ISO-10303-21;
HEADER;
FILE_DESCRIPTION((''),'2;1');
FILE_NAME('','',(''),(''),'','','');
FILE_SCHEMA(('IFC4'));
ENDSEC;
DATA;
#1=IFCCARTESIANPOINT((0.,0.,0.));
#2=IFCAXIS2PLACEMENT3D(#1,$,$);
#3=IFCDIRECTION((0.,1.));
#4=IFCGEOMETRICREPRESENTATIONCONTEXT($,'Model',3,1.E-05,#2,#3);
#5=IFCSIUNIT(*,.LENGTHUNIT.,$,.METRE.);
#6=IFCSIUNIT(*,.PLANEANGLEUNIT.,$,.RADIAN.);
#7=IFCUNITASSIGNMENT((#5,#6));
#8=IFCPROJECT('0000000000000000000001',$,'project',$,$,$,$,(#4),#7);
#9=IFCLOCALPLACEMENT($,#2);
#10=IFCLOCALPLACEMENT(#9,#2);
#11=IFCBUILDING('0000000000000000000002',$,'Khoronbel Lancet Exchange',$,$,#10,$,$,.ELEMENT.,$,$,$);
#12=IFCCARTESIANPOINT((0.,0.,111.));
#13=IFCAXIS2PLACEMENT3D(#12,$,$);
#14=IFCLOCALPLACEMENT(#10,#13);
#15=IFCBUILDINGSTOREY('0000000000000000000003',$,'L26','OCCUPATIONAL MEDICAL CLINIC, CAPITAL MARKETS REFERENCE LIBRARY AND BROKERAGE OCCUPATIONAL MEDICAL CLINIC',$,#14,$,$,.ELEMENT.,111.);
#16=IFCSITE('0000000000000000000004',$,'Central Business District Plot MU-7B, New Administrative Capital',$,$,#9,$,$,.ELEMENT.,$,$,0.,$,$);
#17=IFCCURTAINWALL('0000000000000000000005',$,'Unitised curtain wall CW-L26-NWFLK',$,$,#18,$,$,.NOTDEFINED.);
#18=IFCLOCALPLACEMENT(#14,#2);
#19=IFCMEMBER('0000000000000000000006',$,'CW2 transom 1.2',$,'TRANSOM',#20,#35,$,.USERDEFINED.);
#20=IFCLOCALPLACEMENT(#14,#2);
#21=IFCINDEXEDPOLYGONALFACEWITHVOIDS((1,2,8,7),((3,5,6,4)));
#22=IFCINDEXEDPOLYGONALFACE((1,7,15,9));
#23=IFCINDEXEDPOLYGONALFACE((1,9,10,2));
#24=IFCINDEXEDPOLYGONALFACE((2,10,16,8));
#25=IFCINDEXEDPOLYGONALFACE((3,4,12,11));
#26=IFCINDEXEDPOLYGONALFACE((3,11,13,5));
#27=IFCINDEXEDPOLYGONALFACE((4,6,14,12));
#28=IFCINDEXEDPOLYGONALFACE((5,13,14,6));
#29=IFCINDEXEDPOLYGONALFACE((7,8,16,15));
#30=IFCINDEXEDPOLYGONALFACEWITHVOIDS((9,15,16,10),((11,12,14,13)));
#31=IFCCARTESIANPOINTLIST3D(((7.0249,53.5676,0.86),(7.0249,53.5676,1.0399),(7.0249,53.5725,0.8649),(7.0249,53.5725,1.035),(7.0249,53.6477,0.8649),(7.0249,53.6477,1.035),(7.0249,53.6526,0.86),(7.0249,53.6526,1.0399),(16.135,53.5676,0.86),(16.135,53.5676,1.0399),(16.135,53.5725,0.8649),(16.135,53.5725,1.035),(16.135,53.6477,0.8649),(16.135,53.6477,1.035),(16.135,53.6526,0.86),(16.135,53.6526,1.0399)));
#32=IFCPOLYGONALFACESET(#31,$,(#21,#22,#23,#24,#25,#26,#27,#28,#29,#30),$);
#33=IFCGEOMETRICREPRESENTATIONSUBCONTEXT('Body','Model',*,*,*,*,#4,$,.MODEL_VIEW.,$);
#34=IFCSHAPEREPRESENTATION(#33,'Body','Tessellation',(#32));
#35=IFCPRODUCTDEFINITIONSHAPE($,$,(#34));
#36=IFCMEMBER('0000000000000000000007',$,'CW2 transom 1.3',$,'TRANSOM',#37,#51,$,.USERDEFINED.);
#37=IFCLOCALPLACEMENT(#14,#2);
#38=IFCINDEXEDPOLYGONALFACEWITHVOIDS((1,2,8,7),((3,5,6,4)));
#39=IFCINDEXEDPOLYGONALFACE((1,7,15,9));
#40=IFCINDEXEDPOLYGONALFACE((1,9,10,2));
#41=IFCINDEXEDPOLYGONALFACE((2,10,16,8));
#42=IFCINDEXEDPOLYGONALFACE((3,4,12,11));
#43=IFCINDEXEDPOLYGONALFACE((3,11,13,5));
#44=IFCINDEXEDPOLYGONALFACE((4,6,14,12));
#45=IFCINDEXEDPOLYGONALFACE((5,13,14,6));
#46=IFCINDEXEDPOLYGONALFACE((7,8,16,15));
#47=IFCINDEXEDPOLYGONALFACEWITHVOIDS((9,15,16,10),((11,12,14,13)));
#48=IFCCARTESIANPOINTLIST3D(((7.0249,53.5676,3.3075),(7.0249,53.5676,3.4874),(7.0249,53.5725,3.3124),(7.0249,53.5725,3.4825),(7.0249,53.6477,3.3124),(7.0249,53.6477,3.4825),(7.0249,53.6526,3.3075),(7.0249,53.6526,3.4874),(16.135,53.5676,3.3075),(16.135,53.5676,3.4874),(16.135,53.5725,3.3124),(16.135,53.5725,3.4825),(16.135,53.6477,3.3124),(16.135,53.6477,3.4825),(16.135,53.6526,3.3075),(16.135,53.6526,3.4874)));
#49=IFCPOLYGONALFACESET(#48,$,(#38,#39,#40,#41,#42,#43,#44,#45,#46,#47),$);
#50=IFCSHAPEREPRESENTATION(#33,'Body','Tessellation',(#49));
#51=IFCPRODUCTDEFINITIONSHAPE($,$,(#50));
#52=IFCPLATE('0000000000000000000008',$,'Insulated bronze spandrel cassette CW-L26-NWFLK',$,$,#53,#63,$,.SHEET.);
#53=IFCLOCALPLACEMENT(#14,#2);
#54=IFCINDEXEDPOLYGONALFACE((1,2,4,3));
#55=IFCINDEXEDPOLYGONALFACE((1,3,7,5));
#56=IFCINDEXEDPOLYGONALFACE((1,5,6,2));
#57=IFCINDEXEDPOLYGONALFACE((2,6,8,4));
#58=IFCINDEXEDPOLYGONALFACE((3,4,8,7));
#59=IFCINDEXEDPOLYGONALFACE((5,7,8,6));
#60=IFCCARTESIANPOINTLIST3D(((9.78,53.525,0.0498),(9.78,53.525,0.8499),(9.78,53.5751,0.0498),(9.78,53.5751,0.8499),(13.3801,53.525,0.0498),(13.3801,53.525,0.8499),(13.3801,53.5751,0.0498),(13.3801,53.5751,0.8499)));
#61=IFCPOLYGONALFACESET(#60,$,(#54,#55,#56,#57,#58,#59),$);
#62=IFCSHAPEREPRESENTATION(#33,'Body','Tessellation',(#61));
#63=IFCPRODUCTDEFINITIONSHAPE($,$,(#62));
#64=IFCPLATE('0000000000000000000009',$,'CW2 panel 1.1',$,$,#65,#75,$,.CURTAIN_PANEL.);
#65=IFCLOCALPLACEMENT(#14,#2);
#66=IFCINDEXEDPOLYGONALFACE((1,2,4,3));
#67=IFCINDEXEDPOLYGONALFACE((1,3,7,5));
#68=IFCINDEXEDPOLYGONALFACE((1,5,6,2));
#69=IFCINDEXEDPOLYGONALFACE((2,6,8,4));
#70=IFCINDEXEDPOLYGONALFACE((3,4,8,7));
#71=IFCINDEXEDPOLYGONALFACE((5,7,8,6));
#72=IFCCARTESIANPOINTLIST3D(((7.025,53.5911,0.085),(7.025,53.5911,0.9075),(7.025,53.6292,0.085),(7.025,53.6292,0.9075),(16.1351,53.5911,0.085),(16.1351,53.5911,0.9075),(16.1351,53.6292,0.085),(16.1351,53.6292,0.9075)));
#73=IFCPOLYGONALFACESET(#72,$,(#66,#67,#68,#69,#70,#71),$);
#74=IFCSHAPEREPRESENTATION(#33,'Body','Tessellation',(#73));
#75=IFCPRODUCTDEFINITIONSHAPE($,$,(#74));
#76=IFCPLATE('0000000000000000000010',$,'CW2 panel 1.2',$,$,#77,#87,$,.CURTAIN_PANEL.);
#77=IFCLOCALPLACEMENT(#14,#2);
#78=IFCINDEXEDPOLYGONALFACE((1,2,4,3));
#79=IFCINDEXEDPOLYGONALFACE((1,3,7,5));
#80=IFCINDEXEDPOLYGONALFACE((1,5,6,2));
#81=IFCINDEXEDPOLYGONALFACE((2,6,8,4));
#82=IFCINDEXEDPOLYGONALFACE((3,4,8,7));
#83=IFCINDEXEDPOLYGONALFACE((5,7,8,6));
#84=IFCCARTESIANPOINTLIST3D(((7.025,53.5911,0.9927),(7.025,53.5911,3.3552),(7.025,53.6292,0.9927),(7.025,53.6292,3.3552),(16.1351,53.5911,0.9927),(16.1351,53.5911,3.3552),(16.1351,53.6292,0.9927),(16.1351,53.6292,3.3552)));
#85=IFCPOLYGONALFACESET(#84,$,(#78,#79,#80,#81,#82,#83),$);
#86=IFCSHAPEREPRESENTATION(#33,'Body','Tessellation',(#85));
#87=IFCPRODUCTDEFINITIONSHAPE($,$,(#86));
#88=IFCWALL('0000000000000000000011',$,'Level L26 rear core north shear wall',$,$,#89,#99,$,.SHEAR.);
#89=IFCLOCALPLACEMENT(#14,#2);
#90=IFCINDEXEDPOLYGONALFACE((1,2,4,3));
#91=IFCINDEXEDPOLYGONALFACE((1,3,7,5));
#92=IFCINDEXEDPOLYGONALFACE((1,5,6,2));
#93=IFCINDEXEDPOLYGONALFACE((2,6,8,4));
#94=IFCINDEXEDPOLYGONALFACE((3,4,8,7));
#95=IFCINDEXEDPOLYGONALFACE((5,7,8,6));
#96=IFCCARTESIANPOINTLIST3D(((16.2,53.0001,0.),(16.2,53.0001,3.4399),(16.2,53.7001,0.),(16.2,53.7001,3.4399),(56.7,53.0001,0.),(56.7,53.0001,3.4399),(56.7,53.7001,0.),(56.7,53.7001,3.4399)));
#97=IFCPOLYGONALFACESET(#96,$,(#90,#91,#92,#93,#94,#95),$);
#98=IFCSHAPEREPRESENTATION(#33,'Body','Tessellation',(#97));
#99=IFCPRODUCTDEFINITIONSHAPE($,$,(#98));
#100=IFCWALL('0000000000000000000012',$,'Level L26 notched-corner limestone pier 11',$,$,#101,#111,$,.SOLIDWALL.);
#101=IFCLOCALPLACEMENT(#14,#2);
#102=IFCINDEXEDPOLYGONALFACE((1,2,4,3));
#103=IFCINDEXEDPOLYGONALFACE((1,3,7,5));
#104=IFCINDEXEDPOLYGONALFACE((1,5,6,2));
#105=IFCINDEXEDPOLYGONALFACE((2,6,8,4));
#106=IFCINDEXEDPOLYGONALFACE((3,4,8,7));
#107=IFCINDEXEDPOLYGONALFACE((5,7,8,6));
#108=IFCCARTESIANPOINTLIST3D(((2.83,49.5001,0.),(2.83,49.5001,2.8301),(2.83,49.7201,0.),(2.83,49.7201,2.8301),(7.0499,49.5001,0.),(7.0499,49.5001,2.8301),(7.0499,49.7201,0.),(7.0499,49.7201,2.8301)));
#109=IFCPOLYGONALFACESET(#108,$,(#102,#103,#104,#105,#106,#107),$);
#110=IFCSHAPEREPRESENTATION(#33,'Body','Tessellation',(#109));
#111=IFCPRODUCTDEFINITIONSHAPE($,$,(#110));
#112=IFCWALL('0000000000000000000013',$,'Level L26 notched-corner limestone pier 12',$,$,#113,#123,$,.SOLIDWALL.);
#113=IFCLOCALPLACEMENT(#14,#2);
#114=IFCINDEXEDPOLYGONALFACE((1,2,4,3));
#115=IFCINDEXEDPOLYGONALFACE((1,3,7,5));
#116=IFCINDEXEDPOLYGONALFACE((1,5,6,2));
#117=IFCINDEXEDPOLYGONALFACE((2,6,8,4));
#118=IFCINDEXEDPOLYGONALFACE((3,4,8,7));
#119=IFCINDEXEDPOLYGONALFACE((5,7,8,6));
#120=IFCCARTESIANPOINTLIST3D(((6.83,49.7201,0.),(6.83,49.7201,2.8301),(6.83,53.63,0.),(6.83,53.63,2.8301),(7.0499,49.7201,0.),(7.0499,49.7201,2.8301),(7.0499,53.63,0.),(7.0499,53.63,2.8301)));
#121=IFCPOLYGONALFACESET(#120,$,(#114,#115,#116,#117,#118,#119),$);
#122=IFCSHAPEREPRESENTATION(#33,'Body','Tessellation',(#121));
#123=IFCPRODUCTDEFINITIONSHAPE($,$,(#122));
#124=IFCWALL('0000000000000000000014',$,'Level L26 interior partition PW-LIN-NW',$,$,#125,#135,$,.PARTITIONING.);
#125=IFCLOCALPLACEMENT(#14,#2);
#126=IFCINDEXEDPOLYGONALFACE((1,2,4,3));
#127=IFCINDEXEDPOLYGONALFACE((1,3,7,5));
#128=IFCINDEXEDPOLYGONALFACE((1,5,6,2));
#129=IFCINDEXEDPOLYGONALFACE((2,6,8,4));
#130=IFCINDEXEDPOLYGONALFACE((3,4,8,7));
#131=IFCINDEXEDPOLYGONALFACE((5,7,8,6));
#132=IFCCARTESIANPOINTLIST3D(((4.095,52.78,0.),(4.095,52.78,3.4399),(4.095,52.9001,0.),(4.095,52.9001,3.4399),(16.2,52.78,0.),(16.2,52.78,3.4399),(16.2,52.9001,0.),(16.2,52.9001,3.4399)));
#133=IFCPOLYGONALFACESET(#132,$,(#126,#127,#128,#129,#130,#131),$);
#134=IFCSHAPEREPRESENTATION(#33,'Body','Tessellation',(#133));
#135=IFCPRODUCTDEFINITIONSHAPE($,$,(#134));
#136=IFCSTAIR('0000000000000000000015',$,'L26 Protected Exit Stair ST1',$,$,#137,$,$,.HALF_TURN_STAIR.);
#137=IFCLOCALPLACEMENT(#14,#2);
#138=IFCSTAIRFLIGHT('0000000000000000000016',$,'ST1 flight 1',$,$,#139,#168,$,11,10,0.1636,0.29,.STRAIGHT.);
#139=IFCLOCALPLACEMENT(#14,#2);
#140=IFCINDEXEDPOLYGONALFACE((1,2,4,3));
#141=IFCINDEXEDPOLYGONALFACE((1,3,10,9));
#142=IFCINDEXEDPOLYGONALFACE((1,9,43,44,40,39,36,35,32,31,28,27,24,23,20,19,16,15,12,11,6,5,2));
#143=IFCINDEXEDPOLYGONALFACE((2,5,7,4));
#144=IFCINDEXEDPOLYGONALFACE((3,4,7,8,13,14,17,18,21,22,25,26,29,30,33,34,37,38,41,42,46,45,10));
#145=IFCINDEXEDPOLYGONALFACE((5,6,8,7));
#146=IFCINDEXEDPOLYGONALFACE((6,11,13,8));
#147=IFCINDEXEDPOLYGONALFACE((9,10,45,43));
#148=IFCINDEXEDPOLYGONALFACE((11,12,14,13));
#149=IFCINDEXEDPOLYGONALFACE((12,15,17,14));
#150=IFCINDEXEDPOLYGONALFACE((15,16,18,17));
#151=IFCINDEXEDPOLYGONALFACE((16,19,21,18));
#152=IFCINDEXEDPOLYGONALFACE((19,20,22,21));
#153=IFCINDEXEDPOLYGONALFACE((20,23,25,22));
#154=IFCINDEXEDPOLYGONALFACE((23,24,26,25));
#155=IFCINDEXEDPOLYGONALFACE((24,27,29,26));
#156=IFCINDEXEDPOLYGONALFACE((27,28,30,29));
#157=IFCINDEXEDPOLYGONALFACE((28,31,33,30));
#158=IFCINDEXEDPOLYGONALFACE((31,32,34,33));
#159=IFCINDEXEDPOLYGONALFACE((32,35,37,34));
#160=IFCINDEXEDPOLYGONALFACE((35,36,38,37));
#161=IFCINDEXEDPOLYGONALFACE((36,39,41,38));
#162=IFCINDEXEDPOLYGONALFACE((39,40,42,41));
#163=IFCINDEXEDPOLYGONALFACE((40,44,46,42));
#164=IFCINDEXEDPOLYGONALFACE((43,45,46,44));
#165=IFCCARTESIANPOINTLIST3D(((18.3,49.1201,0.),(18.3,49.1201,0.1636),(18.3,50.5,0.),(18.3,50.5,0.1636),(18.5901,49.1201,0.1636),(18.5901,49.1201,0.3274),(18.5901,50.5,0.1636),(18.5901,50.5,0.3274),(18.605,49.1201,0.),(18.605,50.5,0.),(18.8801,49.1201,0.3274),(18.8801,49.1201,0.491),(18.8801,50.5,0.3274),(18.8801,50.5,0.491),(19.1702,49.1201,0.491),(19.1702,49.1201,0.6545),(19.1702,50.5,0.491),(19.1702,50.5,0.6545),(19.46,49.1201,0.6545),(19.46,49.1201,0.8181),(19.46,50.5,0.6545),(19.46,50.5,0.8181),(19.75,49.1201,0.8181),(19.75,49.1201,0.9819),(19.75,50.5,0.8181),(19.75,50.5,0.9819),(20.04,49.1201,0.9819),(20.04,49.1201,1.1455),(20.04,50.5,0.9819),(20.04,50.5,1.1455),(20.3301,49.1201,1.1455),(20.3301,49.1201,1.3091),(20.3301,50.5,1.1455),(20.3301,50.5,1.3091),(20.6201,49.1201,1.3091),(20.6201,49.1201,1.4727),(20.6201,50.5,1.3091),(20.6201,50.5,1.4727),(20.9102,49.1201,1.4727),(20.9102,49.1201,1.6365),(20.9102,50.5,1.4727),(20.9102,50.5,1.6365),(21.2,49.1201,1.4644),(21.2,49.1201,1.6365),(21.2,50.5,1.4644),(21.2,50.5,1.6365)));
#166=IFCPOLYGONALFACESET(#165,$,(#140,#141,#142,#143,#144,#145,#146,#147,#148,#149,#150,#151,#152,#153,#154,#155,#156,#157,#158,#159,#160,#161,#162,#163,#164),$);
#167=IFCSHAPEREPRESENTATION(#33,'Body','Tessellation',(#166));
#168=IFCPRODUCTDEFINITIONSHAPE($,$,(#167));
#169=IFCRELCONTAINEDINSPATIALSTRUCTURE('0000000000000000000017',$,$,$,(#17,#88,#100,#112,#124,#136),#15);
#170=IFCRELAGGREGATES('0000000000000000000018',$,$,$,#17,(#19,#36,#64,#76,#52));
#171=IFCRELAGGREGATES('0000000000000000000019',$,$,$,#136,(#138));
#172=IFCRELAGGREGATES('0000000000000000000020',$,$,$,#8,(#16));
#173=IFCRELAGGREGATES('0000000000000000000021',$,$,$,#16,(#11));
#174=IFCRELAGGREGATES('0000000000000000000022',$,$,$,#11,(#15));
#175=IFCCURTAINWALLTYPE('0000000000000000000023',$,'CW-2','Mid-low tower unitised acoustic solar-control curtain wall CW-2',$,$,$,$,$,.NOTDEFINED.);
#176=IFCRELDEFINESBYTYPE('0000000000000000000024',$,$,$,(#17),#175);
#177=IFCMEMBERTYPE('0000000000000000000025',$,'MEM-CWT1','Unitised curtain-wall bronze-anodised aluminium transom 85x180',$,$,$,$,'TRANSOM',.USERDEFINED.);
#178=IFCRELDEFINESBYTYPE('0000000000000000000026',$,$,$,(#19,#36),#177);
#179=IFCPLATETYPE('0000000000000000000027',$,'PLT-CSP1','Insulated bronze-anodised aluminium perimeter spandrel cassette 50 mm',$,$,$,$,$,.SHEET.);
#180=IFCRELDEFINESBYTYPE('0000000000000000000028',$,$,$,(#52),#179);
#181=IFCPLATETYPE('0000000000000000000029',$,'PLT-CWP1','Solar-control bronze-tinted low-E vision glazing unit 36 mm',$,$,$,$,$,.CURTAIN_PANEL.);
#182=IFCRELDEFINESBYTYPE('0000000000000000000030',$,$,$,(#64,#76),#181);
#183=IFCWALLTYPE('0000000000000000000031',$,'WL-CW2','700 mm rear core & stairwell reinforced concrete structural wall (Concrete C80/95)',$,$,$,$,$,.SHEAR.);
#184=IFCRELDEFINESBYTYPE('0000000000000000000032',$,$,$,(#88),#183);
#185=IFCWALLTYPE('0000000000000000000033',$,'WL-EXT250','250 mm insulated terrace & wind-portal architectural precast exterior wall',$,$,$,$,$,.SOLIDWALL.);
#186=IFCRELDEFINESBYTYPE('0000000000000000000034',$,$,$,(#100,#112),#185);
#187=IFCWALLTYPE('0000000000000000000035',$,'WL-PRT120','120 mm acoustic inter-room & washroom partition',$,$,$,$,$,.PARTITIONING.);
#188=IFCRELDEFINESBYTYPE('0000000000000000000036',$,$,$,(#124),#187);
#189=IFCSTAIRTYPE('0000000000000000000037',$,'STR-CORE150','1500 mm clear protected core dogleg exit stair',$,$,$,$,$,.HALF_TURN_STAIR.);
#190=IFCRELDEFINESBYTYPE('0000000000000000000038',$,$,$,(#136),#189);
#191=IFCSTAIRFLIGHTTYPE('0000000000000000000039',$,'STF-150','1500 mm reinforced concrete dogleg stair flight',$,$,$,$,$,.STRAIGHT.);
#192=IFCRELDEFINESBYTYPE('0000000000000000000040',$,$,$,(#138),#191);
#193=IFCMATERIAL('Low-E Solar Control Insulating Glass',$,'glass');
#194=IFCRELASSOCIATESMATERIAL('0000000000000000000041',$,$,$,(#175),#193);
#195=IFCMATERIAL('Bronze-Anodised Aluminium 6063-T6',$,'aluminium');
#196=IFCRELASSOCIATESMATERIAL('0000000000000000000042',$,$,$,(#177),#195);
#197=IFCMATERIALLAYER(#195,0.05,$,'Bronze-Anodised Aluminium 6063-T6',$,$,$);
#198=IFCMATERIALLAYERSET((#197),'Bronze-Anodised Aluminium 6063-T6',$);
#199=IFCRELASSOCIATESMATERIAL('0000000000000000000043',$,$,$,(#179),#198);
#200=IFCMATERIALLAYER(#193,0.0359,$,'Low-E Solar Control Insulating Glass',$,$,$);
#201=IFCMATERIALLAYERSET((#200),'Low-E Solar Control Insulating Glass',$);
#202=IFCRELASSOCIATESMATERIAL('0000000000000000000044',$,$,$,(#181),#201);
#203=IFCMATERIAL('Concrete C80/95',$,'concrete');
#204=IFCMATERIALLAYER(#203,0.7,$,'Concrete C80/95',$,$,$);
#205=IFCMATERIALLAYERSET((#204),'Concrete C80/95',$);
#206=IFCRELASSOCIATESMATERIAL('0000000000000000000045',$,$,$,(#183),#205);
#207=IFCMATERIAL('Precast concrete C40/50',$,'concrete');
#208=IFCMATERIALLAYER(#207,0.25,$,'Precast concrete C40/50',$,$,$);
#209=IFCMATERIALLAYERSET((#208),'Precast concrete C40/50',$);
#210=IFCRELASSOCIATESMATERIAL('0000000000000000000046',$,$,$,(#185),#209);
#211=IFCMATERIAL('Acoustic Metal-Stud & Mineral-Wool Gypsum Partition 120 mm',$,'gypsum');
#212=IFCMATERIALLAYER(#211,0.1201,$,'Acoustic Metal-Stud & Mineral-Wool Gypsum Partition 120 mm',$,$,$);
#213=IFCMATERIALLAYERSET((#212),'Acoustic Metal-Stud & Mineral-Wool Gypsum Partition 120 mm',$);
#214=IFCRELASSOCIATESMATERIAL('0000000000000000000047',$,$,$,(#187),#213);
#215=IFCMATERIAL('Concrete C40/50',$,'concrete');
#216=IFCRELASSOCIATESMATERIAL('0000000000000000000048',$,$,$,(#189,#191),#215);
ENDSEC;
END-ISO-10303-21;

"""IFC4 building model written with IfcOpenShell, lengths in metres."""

from ifc_helpers import new_model, si_unit, direction, frame, frame_2d, origin, origin_2d, place, context, subcontext, project, spatial, polyline, rectangle, hollow_rectangle, outline, extrude, material, layer, layer_set, material_profile, profile_set, type_object, element, aggregate, save


model = new_model("IFC4")

# Units and contexts
model_context = context("Model", 3, precision=1e-05, world=origin(), true_north=direction((0.0, 1.0)))
body_context = subcontext(model_context, "Body", "Model", "MODEL_VIEW")
ifc_project = project(units=[si_unit("LENGTHUNIT", "METRE"), si_unit("PLANEANGLEUNIT", "RADIAN")], contexts=[model_context])

# Site, building, storey
site_placement = place(None, origin())
site = spatial("IfcSite", under=ifc_project, at=site_placement, Name="Central Business District Plot MU-7B, New Administrative Capital", CompositionType="ELEMENT", RefElevation=0.0)
building_placement = place(site_placement, origin())
building = spatial("IfcBuilding", under=site, at=building_placement, Name="Khoronbel Lancet Exchange", CompositionType="ELEMENT")
storey_placement = place(building_placement, frame((0.0, 0.0, 111.0)))
storey = spatial("IfcBuildingStorey", under=building, at=storey_placement, Name="L26", Description="OCCUPATIONAL MEDICAL CLINIC, CAPITAL MARKETS REFERENCE LIBRARY AND BROKERAGE OCCUPATIONAL MEDICAL CLINIC", CompositionType="ELEMENT", Elevation=111.0)

# Curtain wall, members, plates
ifc_material_1 = material(Name="Low-E Solar Control Insulating Glass", Category="glass")
curtain_wall_type = type_object("IfcCurtainWallType", Name="CW-2", Description="Mid-low tower unitised acoustic solar-control curtain wall CW-2", PredefinedType="NOTDEFINED", material=ifc_material_1)
curtain_wall_placement = place(storey_placement, origin())
curtain_wall = element("IfcCurtainWall", 1, at=curtain_wall_placement, inside=storey, type_object=curtain_wall_type, Name="Unitised curtain wall CW-L26-NWFLK", PredefinedType="NOTDEFINED")
ifc_material_2 = material(Name="Bronze-Anodised Aluminium 6063-T6", Category="aluminium")
ifc_material_profile_1 = material_profile(ifc_material_2, hollow_rectangle(XDim=0.085, YDim=0.1799, WallThickness=0.0049, at=origin_2d()), Name="ALU TRANSOM 85x180")
ifc_profile_set_1 = profile_set([ifc_material_profile_1], Name="Bronze-Anodised Aluminium 6063-T6")
member_type_1 = type_object("IfcMemberType", Name="MEM-CWT1", Description="Unitised curtain-wall bronze-anodised aluminium transom 85x180", ElementType="TRANSOM", PredefinedType="USERDEFINED", material=ifc_profile_set_1)
member_1_placement = place(storey_placement, frame((16.135, 53.6101, 0.95), z_axis=(-1.0, 0.0, 0.0), x_axis=(0.0, -1.0, 0.0)))
member_1 = element("IfcMember", 2, at=member_1_placement, type_object=member_type_1, Name="CW2 transom 1.2", ObjectType="TRANSOM", PredefinedType="USERDEFINED", context=body_context, shape_type="SweptSolid", body=[
    extrude(hollow_rectangle(XDim=0.085, YDim=0.1799, WallThickness=0.0049, at=origin_2d()), origin(), (0.0, 0.0, 1.0), 9.1101),
])
member_2_placement = place(storey_placement, frame((16.135, 53.6101, 3.3975), z_axis=(-1.0, 0.0, 0.0), x_axis=(0.0, -1.0, 0.0)))
member_2 = element("IfcMember", 3, at=member_2_placement, type_object=member_type_1, Name="CW2 transom 1.3", ObjectType="TRANSOM", PredefinedType="USERDEFINED", context=body_context, shape_type="SweptSolid", body=[
    extrude(hollow_rectangle(XDim=0.085, YDim=0.1799, WallThickness=0.0049, at=origin_2d()), origin(), (0.0, 0.0, 1.0), 9.1101),
])
ifc_layer_1 = layer(ifc_material_2, 0.05, Name="Bronze-Anodised Aluminium 6063-T6")
ifc_layer_set_1 = layer_set([ifc_layer_1], Name="Bronze-Anodised Aluminium 6063-T6")
plate_type_1 = type_object("IfcPlateType", Name="PLT-CSP1", Description="Insulated bronze-anodised aluminium perimeter spandrel cassette 50 mm", PredefinedType="SHEET", material=ifc_layer_set_1)
plate_1_placement = place(storey_placement, frame((11.5801, 53.55, 0.0498), z_axis=(0.0, 0.0, 1.0), x_axis=(-1.0, 0.0, 0.0)))
plate_1 = element("IfcPlate", 4, at=plate_1_placement, type_object=plate_type_1, Name="Insulated bronze spandrel cassette CW-L26-NWFLK", PredefinedType="SHEET", context=body_context, shape_type="SweptSolid", body=[
    extrude(rectangle(XDim=3.6001, YDim=0.05, at=origin_2d()), origin(), (0.0, 0.0, 1.0), 0.8),
])
ifc_layer_2 = layer(ifc_material_1, 0.0359, Name="Low-E Solar Control Insulating Glass")
ifc_layer_set_2 = layer_set([ifc_layer_2], Name="Low-E Solar Control Insulating Glass")
plate_type_2 = type_object("IfcPlateType", Name="PLT-CWP1", Description="Solar-control bronze-tinted low-E vision glazing unit 36 mm", PredefinedType="CURTAIN_PANEL", material=ifc_layer_set_2)
plate_2_placement = place(storey_placement, frame((11.5801, 53.6101, 0.085), z_axis=(0.0, 0.0, 1.0), x_axis=(-1.0, 0.0, 0.0)))
plate_2 = element("IfcPlate", 5, at=plate_2_placement, type_object=plate_type_2, Name="CW2 panel 1.1", PredefinedType="CURTAIN_PANEL", context=body_context, shape_type="SweptSolid", body=[
    extrude(rectangle(XDim=9.1101, YDim=0.0381, at=origin_2d()), origin(), (0.0, 0.0, 1.0), 0.8225),
])
plate_3_placement = place(storey_placement, frame((11.5801, 53.6101, 0.9927), z_axis=(0.0, 0.0, 1.0), x_axis=(-1.0, 0.0, 0.0)))
plate_3 = element("IfcPlate", 6, at=plate_3_placement, type_object=plate_type_2, Name="CW2 panel 1.2", PredefinedType="CURTAIN_PANEL", context=body_context, shape_type="SweptSolid", body=[
    extrude(rectangle(XDim=9.1101, YDim=0.0381, at=origin_2d()), origin(), (0.0, 0.0, 1.0), 2.3625),
])
aggregate(curtain_wall, [member_1, member_2, plate_2, plate_3, plate_1])

# Walls
ifc_material_3 = material(Name="Concrete C80/95", Category="concrete")
ifc_layer_3 = layer(ifc_material_3, 0.7, Name="Concrete C80/95")
ifc_layer_set_3 = layer_set([ifc_layer_3], Name="Concrete C80/95")
wall_type_1 = type_object("IfcWallType", Name="WL-CW2", Description="700 mm rear core & stairwell reinforced concrete structural wall (Concrete C80/95)", PredefinedType="SHEAR", material=ifc_layer_set_3)
wall_1_placement = place(storey_placement, frame((16.2, 53.3501, 0.0), z_axis=(0.0, 0.0, 1.0), x_axis=(1.0, 0.0, 0.0)))
element("IfcWall", 7, at=wall_1_placement, inside=storey, type_object=wall_type_1, Name="Level L26 rear core north shear wall", PredefinedType="SHEAR", context=body_context, shape_type="SweptSolid", body=[
    extrude(rectangle(XDim=40.5, YDim=0.7, at=frame_2d((20.25, 0.0))), origin(), (0.0, 0.0, 1.0), 3.4399),
])
ifc_material_4 = material(Name="Precast concrete C40/50", Category="concrete")
ifc_layer_4 = layer(ifc_material_4, 0.25, Name="Precast concrete C40/50")
ifc_layer_set_4 = layer_set([ifc_layer_4], Name="Precast concrete C40/50")
wall_type_2 = type_object("IfcWallType", Name="WL-EXT250", Description="250 mm insulated terrace & wind-portal architectural precast exterior wall", PredefinedType="SOLIDWALL", material=ifc_layer_set_4)
wall_2_placement = place(storey_placement, frame((2.8301, 49.6101, 0.0), z_axis=(0.0, 0.0, 1.0), x_axis=(1.0, 0.0, 0.0)))
element("IfcWall", 8, at=wall_2_placement, inside=storey, type_object=wall_type_2, Name="Level L26 notched-corner limestone pier 11", PredefinedType="SOLIDWALL", context=body_context, shape_type="SweptSolid", body=[
    extrude(rectangle(XDim=4.22, YDim=0.22, at=frame_2d((2.1099, 0.0))), origin(), (0.0, 0.0, 1.0), 2.8301),
])
wall_3_placement = place(storey_placement, frame((6.9399, 49.72, 0.0), z_axis=(0.0, 0.0, 1.0), x_axis=(0.0, 1.0, 0.0)))
element("IfcWall", 9, at=wall_3_placement, inside=storey, type_object=wall_type_2, Name="Level L26 notched-corner limestone pier 12", PredefinedType="SOLIDWALL", context=body_context, shape_type="SweptSolid", body=[
    extrude(rectangle(XDim=3.9099, YDim=0.22, at=frame_2d((1.9551, 0.0))), origin(), (0.0, 0.0, 1.0), 2.8301),
])
ifc_material_5 = material(Name="Acoustic Metal-Stud & Mineral-Wool Gypsum Partition 120 mm", Category="gypsum")
ifc_layer_5 = layer(ifc_material_5, 0.1201, Name="Acoustic Metal-Stud & Mineral-Wool Gypsum Partition 120 mm")
ifc_layer_set_5 = layer_set([ifc_layer_5], Name="Acoustic Metal-Stud & Mineral-Wool Gypsum Partition 120 mm")
wall_type_3 = type_object("IfcWallType", Name="WL-PRT120", Description="120 mm acoustic inter-room & washroom partition", PredefinedType="PARTITIONING", material=ifc_layer_set_5)
wall_4_placement = place(storey_placement, frame((4.095, 52.8401, 0.0), z_axis=(0.0, 0.0, 1.0), x_axis=(1.0, 0.0, 0.0)))
element("IfcWall", 10, at=wall_4_placement, inside=storey, type_object=wall_type_3, Name="Level L26 interior partition PW-LIN-NW", PredefinedType="PARTITIONING", context=body_context, shape_type="SweptSolid", body=[
    extrude(rectangle(XDim=12.105, YDim=0.1201, at=frame_2d((6.0525, 0.0))), origin(), (0.0, 0.0, 1.0), 3.4399),
])

# Stair, stair flight
ifc_material_6 = material(Name="Concrete C40/50", Category="concrete")
stair_type = type_object("IfcStairType", Name="STR-CORE150", Description="1500 mm clear protected core dogleg exit stair", PredefinedType="HALF_TURN_STAIR", material=ifc_material_6)
stair_placement = place(storey_placement, origin())
stair = element("IfcStair", 11, at=stair_placement, inside=storey, type_object=stair_type, Name="L26 Protected Exit Stair ST1", PredefinedType="HALF_TURN_STAIR")
stair_flight_type = type_object("IfcStairFlightType", Name="STF-150", Description="1500 mm reinforced concrete dogleg stair flight", PredefinedType="STRAIGHT", material=ifc_material_6)
stair_flight_placement = place(storey_placement, frame((18.3, 49.8101, 0.0), z_axis=(0.0, 0.0, 1.0), x_axis=(1.0, 0.0, 0.0)))
stair_flight = element("IfcStairFlight", 12, at=stair_flight_placement, type_object=stair_flight_type, Name="ST1 flight 1", NumberOfRisers=11, NumberOfTreads=10, PredefinedType="STRAIGHT", RiserHeight=0.1636, TreadLength=0.29, context=body_context, shape_type="SweptSolid", body=[
    extrude(outline(polyline([(0.0, 0.0), (0.0, 0.1636), (0.29, 0.1636), (0.29, 0.3274), (0.5801, 0.3274), (0.5801, 0.491), (0.8701, 0.491), (0.8701, 0.6545), (1.1599, 0.6545), (1.1599, 0.8181), (1.45, 0.8181), (1.45, 0.9819), (1.74, 0.9819), (1.74, 1.1455), (2.03, 1.1455), (2.03, 1.3091), (2.3201, 1.3091), (2.3201, 1.4727), (2.6101, 1.4727), (2.6101, 1.6365), (2.8999, 1.6365), (2.8999, 1.8), (2.8999, 1.4644), (0.3049, 0.0), (0.0, 0.0)])), frame((0.0, 0.6899, 0.0), z_axis=(0.0, -1.0, 0.0), x_axis=(1.0, 0.0, 0.0)), (0.0, 0.0, 1.0), 1.3799),
])
aggregate(stair, [stair_flight])

save(model, "model.ifc")
